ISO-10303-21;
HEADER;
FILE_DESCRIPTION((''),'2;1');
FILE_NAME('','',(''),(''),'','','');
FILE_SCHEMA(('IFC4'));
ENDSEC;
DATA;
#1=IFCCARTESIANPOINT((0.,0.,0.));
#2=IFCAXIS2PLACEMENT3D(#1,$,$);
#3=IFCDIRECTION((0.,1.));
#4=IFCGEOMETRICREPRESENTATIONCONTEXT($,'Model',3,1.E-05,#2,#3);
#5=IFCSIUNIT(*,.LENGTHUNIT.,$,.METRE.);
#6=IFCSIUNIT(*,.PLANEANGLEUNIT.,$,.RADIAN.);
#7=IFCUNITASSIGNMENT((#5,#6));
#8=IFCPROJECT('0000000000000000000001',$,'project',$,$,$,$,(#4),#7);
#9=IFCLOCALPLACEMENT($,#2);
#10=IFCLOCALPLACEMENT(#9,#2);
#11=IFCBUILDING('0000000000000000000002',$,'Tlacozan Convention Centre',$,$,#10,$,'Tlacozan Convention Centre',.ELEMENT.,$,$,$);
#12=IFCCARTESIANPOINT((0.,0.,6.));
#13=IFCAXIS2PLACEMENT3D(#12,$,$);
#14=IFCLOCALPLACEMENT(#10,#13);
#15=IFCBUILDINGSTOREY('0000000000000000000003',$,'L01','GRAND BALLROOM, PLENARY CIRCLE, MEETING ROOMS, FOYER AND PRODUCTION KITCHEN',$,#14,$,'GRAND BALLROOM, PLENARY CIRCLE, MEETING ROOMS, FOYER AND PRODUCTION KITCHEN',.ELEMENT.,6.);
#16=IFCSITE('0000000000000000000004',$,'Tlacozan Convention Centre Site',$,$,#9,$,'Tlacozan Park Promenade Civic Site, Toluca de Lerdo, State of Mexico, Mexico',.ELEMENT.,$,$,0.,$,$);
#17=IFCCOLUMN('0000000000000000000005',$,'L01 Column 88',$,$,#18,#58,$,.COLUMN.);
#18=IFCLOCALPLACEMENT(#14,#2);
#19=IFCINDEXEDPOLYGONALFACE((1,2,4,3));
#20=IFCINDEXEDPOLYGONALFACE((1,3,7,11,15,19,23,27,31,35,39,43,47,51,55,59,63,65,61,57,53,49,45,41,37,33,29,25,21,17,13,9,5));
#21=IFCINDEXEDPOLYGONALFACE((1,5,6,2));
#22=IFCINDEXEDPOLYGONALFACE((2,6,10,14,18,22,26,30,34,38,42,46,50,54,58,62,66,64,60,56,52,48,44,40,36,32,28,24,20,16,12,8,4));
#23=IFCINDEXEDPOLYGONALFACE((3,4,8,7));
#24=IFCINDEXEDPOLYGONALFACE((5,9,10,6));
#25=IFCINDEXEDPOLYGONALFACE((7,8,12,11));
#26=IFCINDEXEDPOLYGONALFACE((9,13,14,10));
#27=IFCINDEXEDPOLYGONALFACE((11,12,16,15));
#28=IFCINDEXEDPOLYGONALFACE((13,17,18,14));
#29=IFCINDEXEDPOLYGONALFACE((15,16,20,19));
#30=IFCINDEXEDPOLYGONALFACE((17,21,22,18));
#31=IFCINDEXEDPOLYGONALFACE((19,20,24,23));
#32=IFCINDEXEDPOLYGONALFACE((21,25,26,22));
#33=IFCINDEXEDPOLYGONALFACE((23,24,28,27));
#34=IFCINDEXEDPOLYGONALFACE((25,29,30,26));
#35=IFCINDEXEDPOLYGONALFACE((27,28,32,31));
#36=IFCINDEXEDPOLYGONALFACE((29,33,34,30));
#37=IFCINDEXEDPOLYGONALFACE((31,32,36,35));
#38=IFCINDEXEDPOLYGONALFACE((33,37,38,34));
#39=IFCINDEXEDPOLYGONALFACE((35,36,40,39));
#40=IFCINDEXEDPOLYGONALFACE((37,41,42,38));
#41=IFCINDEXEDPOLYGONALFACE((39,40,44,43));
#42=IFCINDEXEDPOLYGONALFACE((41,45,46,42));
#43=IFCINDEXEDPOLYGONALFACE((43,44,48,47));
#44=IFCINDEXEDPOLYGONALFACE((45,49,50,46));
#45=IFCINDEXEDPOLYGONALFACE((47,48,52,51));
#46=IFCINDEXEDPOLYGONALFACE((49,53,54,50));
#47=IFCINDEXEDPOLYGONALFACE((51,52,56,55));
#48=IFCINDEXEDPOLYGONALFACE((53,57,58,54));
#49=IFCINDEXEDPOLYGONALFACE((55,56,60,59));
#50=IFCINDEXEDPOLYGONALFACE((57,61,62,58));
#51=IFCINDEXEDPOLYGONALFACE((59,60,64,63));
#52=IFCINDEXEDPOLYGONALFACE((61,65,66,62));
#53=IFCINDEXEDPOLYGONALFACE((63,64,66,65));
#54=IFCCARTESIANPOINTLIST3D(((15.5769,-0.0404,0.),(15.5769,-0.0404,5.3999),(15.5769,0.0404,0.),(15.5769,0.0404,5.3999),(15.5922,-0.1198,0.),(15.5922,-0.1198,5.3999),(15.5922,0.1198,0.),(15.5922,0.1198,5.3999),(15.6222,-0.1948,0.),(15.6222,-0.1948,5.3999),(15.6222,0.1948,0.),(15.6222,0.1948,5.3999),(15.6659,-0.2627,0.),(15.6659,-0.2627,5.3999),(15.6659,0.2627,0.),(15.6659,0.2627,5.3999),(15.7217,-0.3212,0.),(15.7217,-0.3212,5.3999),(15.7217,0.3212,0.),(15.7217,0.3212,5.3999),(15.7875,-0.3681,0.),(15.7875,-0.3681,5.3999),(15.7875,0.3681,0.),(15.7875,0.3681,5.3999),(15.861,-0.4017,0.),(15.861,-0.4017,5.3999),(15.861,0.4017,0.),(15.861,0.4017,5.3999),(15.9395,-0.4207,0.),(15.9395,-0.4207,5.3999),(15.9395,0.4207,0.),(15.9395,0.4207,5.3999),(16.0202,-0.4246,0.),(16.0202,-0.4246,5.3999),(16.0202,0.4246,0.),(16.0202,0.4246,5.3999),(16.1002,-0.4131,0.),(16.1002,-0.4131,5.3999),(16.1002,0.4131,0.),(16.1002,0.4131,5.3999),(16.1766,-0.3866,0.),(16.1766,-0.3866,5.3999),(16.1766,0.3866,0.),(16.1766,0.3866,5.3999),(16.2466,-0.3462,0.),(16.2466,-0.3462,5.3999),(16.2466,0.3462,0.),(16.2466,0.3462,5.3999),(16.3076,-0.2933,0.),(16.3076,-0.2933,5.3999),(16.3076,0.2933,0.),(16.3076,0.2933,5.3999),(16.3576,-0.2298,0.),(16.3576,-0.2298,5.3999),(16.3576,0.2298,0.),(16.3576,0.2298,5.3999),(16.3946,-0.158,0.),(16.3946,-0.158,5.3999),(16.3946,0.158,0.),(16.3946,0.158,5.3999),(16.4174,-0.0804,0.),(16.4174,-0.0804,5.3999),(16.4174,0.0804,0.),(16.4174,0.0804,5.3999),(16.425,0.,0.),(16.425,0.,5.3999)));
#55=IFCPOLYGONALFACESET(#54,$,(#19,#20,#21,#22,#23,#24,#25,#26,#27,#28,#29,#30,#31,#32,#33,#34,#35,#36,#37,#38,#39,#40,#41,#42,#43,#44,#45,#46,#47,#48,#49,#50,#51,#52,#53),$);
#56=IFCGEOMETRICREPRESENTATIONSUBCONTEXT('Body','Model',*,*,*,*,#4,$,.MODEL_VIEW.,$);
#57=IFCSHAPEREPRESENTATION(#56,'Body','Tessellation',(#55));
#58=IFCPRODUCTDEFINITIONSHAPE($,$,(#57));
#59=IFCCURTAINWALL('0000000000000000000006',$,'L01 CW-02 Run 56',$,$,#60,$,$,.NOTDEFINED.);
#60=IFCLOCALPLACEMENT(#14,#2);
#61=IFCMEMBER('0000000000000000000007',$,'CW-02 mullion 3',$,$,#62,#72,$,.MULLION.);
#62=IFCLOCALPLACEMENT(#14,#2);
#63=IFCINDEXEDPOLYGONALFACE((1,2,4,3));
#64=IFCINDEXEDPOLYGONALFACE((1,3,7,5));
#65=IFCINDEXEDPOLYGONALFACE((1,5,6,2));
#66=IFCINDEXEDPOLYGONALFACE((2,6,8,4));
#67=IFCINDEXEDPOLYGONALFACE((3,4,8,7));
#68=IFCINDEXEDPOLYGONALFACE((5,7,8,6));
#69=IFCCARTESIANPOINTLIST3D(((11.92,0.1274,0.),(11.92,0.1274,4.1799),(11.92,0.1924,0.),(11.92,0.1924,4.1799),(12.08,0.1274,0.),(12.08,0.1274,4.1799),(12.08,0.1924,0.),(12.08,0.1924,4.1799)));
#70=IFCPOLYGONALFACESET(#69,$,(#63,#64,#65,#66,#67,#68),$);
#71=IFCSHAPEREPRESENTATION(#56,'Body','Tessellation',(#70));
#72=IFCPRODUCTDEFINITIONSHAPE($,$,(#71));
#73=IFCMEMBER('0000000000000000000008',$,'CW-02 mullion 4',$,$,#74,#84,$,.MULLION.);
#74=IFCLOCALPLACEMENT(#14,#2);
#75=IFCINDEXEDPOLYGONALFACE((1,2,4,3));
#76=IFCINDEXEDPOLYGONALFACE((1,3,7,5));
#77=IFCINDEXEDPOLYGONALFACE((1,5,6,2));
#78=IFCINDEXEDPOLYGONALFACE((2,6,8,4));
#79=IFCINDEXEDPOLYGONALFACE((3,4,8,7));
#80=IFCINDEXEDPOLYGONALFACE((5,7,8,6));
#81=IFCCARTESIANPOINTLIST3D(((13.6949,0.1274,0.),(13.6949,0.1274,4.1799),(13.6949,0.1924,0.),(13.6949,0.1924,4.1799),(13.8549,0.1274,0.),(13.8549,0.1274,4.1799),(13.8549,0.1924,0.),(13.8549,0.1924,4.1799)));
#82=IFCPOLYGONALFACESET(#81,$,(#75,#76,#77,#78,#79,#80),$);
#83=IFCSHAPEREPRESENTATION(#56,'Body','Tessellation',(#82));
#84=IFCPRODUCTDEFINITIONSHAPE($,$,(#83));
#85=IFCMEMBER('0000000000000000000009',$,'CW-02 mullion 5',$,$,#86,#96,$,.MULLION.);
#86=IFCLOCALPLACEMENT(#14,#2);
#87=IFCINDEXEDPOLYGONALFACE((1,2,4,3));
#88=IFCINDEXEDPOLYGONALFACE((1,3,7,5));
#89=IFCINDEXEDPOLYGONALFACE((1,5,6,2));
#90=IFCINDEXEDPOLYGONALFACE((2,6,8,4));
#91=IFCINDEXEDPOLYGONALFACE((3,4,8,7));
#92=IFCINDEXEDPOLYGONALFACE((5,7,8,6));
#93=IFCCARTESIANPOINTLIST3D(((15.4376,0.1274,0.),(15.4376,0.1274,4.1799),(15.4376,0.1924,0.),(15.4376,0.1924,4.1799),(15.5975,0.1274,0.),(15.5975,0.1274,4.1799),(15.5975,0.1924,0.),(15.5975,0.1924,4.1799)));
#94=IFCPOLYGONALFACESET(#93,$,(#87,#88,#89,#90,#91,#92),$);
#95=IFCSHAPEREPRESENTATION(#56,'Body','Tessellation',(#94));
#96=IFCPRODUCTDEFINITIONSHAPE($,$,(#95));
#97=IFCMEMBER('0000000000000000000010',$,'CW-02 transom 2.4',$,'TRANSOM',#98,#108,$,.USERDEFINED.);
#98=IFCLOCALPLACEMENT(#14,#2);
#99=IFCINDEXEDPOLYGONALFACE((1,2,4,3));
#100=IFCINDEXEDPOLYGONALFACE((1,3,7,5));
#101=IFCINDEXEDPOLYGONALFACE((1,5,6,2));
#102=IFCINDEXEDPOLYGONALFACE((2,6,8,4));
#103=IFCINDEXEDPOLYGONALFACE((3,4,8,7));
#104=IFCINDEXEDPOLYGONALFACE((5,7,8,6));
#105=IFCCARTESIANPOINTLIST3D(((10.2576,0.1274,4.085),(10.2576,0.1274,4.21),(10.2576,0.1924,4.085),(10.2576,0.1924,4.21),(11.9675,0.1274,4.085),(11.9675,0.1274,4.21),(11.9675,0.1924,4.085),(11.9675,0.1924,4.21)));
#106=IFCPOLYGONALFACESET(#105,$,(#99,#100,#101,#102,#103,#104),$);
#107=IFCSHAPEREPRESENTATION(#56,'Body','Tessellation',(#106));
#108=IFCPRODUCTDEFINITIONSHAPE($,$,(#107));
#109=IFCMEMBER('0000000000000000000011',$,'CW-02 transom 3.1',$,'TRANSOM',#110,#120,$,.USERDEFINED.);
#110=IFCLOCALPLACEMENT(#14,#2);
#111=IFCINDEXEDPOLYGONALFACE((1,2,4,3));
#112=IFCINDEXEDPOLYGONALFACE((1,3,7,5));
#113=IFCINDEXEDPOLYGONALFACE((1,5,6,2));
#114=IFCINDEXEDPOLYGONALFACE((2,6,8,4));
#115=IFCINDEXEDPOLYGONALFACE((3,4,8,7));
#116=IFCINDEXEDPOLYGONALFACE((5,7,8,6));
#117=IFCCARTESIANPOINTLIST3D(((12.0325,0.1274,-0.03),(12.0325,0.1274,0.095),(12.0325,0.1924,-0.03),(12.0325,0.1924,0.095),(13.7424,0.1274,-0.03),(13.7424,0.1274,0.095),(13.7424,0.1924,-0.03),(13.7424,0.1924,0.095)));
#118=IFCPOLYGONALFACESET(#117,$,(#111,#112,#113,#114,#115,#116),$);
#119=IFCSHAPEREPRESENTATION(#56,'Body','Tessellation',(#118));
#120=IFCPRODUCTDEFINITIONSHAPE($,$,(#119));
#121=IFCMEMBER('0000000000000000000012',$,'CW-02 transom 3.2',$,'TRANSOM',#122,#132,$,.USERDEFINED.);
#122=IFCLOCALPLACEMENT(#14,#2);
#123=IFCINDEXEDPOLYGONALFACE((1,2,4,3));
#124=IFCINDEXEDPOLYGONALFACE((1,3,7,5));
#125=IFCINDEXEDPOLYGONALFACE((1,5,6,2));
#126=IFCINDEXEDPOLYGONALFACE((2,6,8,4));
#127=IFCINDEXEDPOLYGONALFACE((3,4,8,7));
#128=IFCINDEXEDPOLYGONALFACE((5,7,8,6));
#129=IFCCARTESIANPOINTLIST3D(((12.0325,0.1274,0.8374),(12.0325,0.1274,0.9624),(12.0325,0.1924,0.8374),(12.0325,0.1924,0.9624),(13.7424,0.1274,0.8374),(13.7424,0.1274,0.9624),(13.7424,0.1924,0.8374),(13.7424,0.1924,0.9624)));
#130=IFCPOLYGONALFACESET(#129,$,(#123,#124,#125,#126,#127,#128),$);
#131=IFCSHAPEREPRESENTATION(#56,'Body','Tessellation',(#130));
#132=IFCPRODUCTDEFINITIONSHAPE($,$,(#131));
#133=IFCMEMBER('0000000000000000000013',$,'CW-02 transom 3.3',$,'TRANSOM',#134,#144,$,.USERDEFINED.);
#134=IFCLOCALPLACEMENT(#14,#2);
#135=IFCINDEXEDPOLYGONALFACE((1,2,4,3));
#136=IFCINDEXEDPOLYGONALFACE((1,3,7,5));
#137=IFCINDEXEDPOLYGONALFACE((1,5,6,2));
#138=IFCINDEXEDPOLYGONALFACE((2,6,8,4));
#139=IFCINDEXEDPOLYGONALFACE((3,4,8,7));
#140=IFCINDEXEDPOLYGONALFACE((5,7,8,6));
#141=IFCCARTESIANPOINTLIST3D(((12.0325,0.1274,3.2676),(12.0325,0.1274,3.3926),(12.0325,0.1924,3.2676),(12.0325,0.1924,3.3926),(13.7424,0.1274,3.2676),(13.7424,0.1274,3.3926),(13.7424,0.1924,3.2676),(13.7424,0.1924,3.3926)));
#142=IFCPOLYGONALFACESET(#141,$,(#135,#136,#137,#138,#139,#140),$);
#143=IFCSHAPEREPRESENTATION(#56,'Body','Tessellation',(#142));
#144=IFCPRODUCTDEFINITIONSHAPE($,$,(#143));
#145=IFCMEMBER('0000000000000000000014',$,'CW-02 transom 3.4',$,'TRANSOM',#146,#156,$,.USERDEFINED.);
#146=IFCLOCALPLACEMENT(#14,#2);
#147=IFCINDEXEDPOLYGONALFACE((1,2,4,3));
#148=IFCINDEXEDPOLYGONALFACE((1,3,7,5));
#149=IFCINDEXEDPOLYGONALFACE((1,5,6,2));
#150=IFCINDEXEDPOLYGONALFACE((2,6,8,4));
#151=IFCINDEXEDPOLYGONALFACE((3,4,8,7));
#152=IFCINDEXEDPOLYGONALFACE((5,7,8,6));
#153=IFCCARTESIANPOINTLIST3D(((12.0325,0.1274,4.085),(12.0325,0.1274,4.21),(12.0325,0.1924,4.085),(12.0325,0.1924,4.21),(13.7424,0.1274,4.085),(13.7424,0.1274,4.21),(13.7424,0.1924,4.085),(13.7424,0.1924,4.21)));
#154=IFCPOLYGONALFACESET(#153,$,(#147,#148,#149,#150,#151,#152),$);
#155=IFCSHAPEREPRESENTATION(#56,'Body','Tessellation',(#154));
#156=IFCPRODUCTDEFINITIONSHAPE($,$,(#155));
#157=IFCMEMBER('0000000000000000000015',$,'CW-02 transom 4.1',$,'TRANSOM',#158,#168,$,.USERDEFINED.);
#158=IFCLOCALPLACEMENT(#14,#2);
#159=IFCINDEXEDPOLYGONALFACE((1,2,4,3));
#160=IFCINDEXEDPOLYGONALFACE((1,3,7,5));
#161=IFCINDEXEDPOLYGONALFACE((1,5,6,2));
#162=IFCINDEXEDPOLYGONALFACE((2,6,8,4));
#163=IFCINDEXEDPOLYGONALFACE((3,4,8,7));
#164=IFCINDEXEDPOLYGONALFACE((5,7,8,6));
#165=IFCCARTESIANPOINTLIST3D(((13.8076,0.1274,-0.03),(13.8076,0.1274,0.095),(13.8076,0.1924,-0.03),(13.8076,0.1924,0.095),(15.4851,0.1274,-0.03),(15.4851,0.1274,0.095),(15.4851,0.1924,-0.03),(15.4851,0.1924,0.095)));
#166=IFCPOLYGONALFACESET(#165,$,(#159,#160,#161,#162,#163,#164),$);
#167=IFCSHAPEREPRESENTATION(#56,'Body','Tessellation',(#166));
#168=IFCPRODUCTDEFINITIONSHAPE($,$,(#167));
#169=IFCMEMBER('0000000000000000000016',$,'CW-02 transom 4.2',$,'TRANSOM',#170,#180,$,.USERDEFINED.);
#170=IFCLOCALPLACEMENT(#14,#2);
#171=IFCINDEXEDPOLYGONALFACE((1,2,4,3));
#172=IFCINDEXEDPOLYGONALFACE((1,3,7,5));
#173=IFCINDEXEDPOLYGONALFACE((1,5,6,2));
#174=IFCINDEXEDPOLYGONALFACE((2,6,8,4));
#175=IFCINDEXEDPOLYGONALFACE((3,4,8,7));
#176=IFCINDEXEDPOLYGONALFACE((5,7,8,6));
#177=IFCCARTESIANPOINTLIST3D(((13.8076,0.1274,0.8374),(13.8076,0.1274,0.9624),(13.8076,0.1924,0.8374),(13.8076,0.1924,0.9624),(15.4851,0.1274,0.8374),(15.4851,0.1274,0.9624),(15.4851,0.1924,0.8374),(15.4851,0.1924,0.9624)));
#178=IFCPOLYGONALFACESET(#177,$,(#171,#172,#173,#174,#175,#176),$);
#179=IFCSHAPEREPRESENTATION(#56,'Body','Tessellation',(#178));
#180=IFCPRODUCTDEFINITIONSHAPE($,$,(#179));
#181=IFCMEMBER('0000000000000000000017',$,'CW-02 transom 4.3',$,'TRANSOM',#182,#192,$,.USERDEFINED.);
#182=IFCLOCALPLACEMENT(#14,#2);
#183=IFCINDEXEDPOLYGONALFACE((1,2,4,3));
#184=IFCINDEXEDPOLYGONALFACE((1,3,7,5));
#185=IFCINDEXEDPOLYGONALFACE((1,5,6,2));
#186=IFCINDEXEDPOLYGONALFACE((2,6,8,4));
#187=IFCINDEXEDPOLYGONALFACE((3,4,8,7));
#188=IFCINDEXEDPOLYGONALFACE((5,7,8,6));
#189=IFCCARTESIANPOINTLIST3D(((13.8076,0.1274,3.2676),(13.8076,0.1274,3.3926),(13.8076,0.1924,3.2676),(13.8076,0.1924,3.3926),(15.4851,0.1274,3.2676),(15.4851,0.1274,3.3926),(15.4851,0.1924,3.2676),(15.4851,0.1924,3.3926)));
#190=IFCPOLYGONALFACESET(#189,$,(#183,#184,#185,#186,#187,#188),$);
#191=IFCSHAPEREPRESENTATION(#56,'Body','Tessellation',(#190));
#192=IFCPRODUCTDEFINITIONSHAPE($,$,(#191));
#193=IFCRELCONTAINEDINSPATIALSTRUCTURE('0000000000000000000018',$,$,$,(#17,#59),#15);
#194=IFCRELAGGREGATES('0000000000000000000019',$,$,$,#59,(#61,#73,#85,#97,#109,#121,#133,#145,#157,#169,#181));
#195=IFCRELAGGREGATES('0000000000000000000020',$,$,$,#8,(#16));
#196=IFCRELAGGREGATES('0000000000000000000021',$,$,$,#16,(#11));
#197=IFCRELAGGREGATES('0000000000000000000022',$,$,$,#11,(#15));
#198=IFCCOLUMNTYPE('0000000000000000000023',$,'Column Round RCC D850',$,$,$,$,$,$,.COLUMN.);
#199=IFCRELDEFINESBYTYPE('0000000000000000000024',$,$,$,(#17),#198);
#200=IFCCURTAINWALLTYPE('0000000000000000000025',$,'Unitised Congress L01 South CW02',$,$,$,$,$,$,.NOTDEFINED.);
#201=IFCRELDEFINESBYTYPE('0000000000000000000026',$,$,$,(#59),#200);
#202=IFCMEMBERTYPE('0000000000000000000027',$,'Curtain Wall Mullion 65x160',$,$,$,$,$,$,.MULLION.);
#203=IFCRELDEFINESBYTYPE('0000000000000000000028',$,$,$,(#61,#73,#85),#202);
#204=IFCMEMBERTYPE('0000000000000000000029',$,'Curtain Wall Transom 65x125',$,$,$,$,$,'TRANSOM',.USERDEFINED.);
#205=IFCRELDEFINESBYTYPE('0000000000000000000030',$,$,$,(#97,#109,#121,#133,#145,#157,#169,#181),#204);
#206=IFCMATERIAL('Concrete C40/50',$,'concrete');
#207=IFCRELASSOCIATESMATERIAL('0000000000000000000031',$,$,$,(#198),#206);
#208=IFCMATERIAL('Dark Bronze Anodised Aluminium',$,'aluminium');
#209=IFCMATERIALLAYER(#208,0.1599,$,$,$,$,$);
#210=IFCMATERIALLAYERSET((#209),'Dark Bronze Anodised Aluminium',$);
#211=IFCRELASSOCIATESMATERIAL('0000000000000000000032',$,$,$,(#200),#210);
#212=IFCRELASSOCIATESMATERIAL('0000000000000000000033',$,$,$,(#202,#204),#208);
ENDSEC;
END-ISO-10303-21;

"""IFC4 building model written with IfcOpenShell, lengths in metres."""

from ifc_helpers import new_model, si_unit, direction, frame, origin, origin_2d, place, context, subcontext, project, spatial, rectangle, circle, extrude, material, layer, layer_set, material_profile, profile_set, type_object, element, aggregate, save


model = new_model("IFC4")

# Units and contexts
model_context = context("Model", 3, precision=1e-05, world=origin(), true_north=direction((0.0, 1.0)))
body_context = subcontext(model_context, "Body", "Model", "MODEL_VIEW")
ifc_project = project(units=[si_unit("LENGTHUNIT", "METRE"), si_unit("PLANEANGLEUNIT", "RADIAN")], contexts=[model_context])

# Site, building, storey
site_placement = place(None, origin())
site = spatial("IfcSite", under=ifc_project, at=site_placement, Name="Tlacozan Convention Centre Site", LongName="Tlacozan Park Promenade Civic Site, Toluca de Lerdo, State of Mexico, Mexico", CompositionType="ELEMENT", RefElevation=0.0)
building_placement = place(site_placement, origin())
building = spatial("IfcBuilding", under=site, at=building_placement, Name="Tlacozan Convention Centre", LongName="Tlacozan Convention Centre", CompositionType="ELEMENT")
storey_placement = place(building_placement, frame((0.0, 0.0, 6.0)))
storey = spatial("IfcBuildingStorey", under=building, at=storey_placement, Name="L01", Description="GRAND BALLROOM, PLENARY CIRCLE, MEETING ROOMS, FOYER AND PRODUCTION KITCHEN", LongName="GRAND BALLROOM, PLENARY CIRCLE, MEETING ROOMS, FOYER AND PRODUCTION KITCHEN", CompositionType="ELEMENT", Elevation=6.0)

# Column
ifc_material_1 = material(Name="Concrete C40/50", Category="concrete")
ifc_material_profile_1 = material_profile(ifc_material_1, circle(Radius=0.425, at=origin_2d()), Name="RCC D850")
ifc_profile_set_1 = profile_set([ifc_material_profile_1], Name="Concrete C40/50")
column_type = type_object("IfcColumnType", Name="Column Round RCC D850", PredefinedType="COLUMN", material=ifc_profile_set_1)
column_placement = place(storey_placement, frame((16.0, 0.0, 0.0), z_axis=(0.0, 0.0, 1.0), x_axis=(1.0, 0.0, 0.0)))
element("IfcColumn", 1, at=column_placement, inside=storey, type_object=column_type, Name="L01 Column 88", PredefinedType="COLUMN", context=body_context, shape_type="SweptSolid", body=[
    extrude(circle(Radius=0.425, at=origin_2d()), origin(), (0.0, 0.0, 1.0), 5.3999),
])

# Curtain wall, members
ifc_material_2 = material(Name="Dark Bronze Anodised Aluminium", Category="aluminium")
ifc_layer_1 = layer(ifc_material_2, 0.1599)
ifc_layer_set_1 = layer_set([ifc_layer_1], Name="Dark Bronze Anodised Aluminium")
curtain_wall_type = type_object("IfcCurtainWallType", Name="Unitised Congress L01 South CW02", PredefinedType="NOTDEFINED", material=ifc_layer_set_1)
curtain_wall_placement = place(storey_placement, origin())
curtain_wall = element("IfcCurtainWall", 2, at=curtain_wall_placement, inside=storey, type_object=curtain_wall_type, Name="L01 CW-02 Run 56", PredefinedType="NOTDEFINED")
ifc_material_profile_2 = material_profile(ifc_material_2, rectangle(XDim=0.0649, YDim=0.1599, at=origin_2d()), Name="ALU 65x160")
ifc_profile_set_2 = profile_set([ifc_material_profile_2], Name="Dark Bronze Anodised Aluminium")
member_type_1 = type_object("IfcMemberType", Name="Curtain Wall Mullion 65x160", PredefinedType="MULLION", material=ifc_profile_set_2)
member_1_placement = place(storey_placement, frame((12.0, 0.1599, 0.0), z_axis=(0.0, 0.0, 1.0), x_axis=(0.0, 1.0, 0.0)))
member_1 = element("IfcMember", 3, at=member_1_placement, type_object=member_type_1, Name="CW-02 mullion 3", PredefinedType="MULLION", context=body_context, shape_type="SweptSolid", body=[
    extrude(rectangle(XDim=0.0649, YDim=0.1599, at=origin_2d()), origin(), (0.0, 0.0, 1.0), 4.1799),
])
member_2_placement = place(storey_placement, frame((13.7749, 0.1599, 0.0), z_axis=(0.0, 0.0, 1.0), x_axis=(0.0, 1.0, 0.0)))
member_2 = element("IfcMember", 4, at=member_2_placement, type_object=member_type_1, Name="CW-02 mullion 4", PredefinedType="MULLION", context=body_context, shape_type="SweptSolid", body=[
    extrude(rectangle(XDim=0.0649, YDim=0.1599, at=origin_2d()), origin(), (0.0, 0.0, 1.0), 4.1799),
])
member_3_placement = place(storey_placement, frame((15.5176, 0.1599, 0.0), z_axis=(0.0, 0.0, 1.0), x_axis=(0.0, 1.0, 0.0)))
member_3 = element("IfcMember", 5, at=member_3_placement, type_object=member_type_1, Name="CW-02 mullion 5", PredefinedType="MULLION", context=body_context, shape_type="SweptSolid", body=[
    extrude(rectangle(XDim=0.0649, YDim=0.1599, at=origin_2d()), origin(), (0.0, 0.0, 1.0), 4.1799),
])
ifc_material_profile_3 = material_profile(ifc_material_2, rectangle(XDim=0.0649, YDim=0.125, at=origin_2d()), Name="ALU 65x125")
ifc_profile_set_3 = profile_set([ifc_material_profile_3], Name="Dark Bronze Anodised Aluminium")
member_type_2 = type_object("IfcMemberType", Name="Curtain Wall Transom 65x125", ElementType="TRANSOM", PredefinedType="USERDEFINED", material=ifc_profile_set_3)
member_4_placement = place(storey_placement, frame((10.2576, 0.1599, 4.1475), z_axis=(1.0, 0.0, 0.0), x_axis=(0.0, 1.0, 0.0)))
member_4 = element("IfcMember", 6, at=member_4_placement, type_object=member_type_2, Name="CW-02 transom 2.4", ObjectType="TRANSOM", PredefinedType="USERDEFINED", context=body_context, shape_type="SweptSolid", body=[
    extrude(rectangle(XDim=0.0649, YDim=0.125, at=origin_2d()), origin(), (0.0, 0.0, 1.0), 1.71),
])
member_5_placement = place(storey_placement, frame((12.0325, 0.1599, 0.0325), z_axis=(1.0, 0.0, 0.0), x_axis=(0.0, 1.0, 0.0)))
member_5 = element("IfcMember", 7, at=member_5_placement, type_object=member_type_2, Name="CW-02 transom 3.1", ObjectType="TRANSOM", PredefinedType="USERDEFINED", context=body_context, shape_type="SweptSolid", body=[
    extrude(rectangle(XDim=0.0649, YDim=0.125, at=origin_2d()), origin(), (0.0, 0.0, 1.0), 1.71),
])
member_6_placement = place(storey_placement, frame((12.0325, 0.1599, 0.8999), z_axis=(1.0, 0.0, 0.0), x_axis=(0.0, 1.0, 0.0)))
member_6 = element("IfcMember", 8, at=member_6_placement, type_object=member_type_2, Name="CW-02 transom 3.2", ObjectType="TRANSOM", PredefinedType="USERDEFINED", context=body_context, shape_type="SweptSolid", body=[
    extrude(rectangle(XDim=0.0649, YDim=0.125, at=origin_2d()), origin(), (0.0, 0.0, 1.0), 1.71),
])
member_7_placement = place(storey_placement, frame((12.0325, 0.1599, 3.3301), z_axis=(1.0, 0.0, 0.0), x_axis=(0.0, 1.0, 0.0)))
member_7 = element("IfcMember", 9, at=member_7_placement, type_object=member_type_2, Name="CW-02 transom 3.3", ObjectType="TRANSOM", PredefinedType="USERDEFINED", context=body_context, shape_type="SweptSolid", body=[
    extrude(rectangle(XDim=0.0649, YDim=0.125, at=origin_2d()), origin(), (0.0, 0.0, 1.0), 1.71),
])
member_8_placement = place(storey_placement, frame((12.0325, 0.1599, 4.1475), z_axis=(1.0, 0.0, 0.0), x_axis=(0.0, 1.0, 0.0)))
member_8 = element("IfcMember", 10, at=member_8_placement, type_object=member_type_2, Name="CW-02 transom 3.4", ObjectType="TRANSOM", PredefinedType="USERDEFINED", context=body_context, shape_type="SweptSolid", body=[
    extrude(rectangle(XDim=0.0649, YDim=0.125, at=origin_2d()), origin(), (0.0, 0.0, 1.0), 1.71),
])
member_9_placement = place(storey_placement, frame((13.8076, 0.1599, 0.0325), z_axis=(1.0, 0.0, 0.0), x_axis=(0.0, 1.0, 0.0)))
member_9 = element("IfcMember", 11, at=member_9_placement, type_object=member_type_2, Name="CW-02 transom 4.1", ObjectType="TRANSOM", PredefinedType="USERDEFINED", context=body_context, shape_type="SweptSolid", body=[
    extrude(rectangle(XDim=0.0649, YDim=0.125, at=origin_2d()), origin(), (0.0, 0.0, 1.0), 1.6775),
])
member_10_placement = place(storey_placement, frame((13.8076, 0.1599, 0.8999), z_axis=(1.0, 0.0, 0.0), x_axis=(0.0, 1.0, 0.0)))
member_10 = element("IfcMember", 12, at=member_10_placement, type_object=member_type_2, Name="CW-02 transom 4.2", ObjectType="TRANSOM", PredefinedType="USERDEFINED", context=body_context, shape_type="SweptSolid", body=[
    extrude(rectangle(XDim=0.0649, YDim=0.125, at=origin_2d()), origin(), (0.0, 0.0, 1.0), 1.6775),
])
member_11_placement = place(storey_placement, frame((13.8076, 0.1599, 3.3301), z_axis=(1.0, 0.0, 0.0), x_axis=(0.0, 1.0, 0.0)))
member_11 = element("IfcMember", 13, at=member_11_placement, type_object=member_type_2, Name="CW-02 transom 4.3", ObjectType="TRANSOM", PredefinedType="USERDEFINED", context=body_context, shape_type="SweptSolid", body=[
    extrude(rectangle(XDim=0.0649, YDim=0.125, at=origin_2d()), origin(), (0.0, 0.0, 1.0), 1.6775),
])
aggregate(curtain_wall, [member_1, member_2, member_3, member_4, member_5, member_6, member_7, member_8, member_9, member_10, member_11])

save(model, "model.ifc")
